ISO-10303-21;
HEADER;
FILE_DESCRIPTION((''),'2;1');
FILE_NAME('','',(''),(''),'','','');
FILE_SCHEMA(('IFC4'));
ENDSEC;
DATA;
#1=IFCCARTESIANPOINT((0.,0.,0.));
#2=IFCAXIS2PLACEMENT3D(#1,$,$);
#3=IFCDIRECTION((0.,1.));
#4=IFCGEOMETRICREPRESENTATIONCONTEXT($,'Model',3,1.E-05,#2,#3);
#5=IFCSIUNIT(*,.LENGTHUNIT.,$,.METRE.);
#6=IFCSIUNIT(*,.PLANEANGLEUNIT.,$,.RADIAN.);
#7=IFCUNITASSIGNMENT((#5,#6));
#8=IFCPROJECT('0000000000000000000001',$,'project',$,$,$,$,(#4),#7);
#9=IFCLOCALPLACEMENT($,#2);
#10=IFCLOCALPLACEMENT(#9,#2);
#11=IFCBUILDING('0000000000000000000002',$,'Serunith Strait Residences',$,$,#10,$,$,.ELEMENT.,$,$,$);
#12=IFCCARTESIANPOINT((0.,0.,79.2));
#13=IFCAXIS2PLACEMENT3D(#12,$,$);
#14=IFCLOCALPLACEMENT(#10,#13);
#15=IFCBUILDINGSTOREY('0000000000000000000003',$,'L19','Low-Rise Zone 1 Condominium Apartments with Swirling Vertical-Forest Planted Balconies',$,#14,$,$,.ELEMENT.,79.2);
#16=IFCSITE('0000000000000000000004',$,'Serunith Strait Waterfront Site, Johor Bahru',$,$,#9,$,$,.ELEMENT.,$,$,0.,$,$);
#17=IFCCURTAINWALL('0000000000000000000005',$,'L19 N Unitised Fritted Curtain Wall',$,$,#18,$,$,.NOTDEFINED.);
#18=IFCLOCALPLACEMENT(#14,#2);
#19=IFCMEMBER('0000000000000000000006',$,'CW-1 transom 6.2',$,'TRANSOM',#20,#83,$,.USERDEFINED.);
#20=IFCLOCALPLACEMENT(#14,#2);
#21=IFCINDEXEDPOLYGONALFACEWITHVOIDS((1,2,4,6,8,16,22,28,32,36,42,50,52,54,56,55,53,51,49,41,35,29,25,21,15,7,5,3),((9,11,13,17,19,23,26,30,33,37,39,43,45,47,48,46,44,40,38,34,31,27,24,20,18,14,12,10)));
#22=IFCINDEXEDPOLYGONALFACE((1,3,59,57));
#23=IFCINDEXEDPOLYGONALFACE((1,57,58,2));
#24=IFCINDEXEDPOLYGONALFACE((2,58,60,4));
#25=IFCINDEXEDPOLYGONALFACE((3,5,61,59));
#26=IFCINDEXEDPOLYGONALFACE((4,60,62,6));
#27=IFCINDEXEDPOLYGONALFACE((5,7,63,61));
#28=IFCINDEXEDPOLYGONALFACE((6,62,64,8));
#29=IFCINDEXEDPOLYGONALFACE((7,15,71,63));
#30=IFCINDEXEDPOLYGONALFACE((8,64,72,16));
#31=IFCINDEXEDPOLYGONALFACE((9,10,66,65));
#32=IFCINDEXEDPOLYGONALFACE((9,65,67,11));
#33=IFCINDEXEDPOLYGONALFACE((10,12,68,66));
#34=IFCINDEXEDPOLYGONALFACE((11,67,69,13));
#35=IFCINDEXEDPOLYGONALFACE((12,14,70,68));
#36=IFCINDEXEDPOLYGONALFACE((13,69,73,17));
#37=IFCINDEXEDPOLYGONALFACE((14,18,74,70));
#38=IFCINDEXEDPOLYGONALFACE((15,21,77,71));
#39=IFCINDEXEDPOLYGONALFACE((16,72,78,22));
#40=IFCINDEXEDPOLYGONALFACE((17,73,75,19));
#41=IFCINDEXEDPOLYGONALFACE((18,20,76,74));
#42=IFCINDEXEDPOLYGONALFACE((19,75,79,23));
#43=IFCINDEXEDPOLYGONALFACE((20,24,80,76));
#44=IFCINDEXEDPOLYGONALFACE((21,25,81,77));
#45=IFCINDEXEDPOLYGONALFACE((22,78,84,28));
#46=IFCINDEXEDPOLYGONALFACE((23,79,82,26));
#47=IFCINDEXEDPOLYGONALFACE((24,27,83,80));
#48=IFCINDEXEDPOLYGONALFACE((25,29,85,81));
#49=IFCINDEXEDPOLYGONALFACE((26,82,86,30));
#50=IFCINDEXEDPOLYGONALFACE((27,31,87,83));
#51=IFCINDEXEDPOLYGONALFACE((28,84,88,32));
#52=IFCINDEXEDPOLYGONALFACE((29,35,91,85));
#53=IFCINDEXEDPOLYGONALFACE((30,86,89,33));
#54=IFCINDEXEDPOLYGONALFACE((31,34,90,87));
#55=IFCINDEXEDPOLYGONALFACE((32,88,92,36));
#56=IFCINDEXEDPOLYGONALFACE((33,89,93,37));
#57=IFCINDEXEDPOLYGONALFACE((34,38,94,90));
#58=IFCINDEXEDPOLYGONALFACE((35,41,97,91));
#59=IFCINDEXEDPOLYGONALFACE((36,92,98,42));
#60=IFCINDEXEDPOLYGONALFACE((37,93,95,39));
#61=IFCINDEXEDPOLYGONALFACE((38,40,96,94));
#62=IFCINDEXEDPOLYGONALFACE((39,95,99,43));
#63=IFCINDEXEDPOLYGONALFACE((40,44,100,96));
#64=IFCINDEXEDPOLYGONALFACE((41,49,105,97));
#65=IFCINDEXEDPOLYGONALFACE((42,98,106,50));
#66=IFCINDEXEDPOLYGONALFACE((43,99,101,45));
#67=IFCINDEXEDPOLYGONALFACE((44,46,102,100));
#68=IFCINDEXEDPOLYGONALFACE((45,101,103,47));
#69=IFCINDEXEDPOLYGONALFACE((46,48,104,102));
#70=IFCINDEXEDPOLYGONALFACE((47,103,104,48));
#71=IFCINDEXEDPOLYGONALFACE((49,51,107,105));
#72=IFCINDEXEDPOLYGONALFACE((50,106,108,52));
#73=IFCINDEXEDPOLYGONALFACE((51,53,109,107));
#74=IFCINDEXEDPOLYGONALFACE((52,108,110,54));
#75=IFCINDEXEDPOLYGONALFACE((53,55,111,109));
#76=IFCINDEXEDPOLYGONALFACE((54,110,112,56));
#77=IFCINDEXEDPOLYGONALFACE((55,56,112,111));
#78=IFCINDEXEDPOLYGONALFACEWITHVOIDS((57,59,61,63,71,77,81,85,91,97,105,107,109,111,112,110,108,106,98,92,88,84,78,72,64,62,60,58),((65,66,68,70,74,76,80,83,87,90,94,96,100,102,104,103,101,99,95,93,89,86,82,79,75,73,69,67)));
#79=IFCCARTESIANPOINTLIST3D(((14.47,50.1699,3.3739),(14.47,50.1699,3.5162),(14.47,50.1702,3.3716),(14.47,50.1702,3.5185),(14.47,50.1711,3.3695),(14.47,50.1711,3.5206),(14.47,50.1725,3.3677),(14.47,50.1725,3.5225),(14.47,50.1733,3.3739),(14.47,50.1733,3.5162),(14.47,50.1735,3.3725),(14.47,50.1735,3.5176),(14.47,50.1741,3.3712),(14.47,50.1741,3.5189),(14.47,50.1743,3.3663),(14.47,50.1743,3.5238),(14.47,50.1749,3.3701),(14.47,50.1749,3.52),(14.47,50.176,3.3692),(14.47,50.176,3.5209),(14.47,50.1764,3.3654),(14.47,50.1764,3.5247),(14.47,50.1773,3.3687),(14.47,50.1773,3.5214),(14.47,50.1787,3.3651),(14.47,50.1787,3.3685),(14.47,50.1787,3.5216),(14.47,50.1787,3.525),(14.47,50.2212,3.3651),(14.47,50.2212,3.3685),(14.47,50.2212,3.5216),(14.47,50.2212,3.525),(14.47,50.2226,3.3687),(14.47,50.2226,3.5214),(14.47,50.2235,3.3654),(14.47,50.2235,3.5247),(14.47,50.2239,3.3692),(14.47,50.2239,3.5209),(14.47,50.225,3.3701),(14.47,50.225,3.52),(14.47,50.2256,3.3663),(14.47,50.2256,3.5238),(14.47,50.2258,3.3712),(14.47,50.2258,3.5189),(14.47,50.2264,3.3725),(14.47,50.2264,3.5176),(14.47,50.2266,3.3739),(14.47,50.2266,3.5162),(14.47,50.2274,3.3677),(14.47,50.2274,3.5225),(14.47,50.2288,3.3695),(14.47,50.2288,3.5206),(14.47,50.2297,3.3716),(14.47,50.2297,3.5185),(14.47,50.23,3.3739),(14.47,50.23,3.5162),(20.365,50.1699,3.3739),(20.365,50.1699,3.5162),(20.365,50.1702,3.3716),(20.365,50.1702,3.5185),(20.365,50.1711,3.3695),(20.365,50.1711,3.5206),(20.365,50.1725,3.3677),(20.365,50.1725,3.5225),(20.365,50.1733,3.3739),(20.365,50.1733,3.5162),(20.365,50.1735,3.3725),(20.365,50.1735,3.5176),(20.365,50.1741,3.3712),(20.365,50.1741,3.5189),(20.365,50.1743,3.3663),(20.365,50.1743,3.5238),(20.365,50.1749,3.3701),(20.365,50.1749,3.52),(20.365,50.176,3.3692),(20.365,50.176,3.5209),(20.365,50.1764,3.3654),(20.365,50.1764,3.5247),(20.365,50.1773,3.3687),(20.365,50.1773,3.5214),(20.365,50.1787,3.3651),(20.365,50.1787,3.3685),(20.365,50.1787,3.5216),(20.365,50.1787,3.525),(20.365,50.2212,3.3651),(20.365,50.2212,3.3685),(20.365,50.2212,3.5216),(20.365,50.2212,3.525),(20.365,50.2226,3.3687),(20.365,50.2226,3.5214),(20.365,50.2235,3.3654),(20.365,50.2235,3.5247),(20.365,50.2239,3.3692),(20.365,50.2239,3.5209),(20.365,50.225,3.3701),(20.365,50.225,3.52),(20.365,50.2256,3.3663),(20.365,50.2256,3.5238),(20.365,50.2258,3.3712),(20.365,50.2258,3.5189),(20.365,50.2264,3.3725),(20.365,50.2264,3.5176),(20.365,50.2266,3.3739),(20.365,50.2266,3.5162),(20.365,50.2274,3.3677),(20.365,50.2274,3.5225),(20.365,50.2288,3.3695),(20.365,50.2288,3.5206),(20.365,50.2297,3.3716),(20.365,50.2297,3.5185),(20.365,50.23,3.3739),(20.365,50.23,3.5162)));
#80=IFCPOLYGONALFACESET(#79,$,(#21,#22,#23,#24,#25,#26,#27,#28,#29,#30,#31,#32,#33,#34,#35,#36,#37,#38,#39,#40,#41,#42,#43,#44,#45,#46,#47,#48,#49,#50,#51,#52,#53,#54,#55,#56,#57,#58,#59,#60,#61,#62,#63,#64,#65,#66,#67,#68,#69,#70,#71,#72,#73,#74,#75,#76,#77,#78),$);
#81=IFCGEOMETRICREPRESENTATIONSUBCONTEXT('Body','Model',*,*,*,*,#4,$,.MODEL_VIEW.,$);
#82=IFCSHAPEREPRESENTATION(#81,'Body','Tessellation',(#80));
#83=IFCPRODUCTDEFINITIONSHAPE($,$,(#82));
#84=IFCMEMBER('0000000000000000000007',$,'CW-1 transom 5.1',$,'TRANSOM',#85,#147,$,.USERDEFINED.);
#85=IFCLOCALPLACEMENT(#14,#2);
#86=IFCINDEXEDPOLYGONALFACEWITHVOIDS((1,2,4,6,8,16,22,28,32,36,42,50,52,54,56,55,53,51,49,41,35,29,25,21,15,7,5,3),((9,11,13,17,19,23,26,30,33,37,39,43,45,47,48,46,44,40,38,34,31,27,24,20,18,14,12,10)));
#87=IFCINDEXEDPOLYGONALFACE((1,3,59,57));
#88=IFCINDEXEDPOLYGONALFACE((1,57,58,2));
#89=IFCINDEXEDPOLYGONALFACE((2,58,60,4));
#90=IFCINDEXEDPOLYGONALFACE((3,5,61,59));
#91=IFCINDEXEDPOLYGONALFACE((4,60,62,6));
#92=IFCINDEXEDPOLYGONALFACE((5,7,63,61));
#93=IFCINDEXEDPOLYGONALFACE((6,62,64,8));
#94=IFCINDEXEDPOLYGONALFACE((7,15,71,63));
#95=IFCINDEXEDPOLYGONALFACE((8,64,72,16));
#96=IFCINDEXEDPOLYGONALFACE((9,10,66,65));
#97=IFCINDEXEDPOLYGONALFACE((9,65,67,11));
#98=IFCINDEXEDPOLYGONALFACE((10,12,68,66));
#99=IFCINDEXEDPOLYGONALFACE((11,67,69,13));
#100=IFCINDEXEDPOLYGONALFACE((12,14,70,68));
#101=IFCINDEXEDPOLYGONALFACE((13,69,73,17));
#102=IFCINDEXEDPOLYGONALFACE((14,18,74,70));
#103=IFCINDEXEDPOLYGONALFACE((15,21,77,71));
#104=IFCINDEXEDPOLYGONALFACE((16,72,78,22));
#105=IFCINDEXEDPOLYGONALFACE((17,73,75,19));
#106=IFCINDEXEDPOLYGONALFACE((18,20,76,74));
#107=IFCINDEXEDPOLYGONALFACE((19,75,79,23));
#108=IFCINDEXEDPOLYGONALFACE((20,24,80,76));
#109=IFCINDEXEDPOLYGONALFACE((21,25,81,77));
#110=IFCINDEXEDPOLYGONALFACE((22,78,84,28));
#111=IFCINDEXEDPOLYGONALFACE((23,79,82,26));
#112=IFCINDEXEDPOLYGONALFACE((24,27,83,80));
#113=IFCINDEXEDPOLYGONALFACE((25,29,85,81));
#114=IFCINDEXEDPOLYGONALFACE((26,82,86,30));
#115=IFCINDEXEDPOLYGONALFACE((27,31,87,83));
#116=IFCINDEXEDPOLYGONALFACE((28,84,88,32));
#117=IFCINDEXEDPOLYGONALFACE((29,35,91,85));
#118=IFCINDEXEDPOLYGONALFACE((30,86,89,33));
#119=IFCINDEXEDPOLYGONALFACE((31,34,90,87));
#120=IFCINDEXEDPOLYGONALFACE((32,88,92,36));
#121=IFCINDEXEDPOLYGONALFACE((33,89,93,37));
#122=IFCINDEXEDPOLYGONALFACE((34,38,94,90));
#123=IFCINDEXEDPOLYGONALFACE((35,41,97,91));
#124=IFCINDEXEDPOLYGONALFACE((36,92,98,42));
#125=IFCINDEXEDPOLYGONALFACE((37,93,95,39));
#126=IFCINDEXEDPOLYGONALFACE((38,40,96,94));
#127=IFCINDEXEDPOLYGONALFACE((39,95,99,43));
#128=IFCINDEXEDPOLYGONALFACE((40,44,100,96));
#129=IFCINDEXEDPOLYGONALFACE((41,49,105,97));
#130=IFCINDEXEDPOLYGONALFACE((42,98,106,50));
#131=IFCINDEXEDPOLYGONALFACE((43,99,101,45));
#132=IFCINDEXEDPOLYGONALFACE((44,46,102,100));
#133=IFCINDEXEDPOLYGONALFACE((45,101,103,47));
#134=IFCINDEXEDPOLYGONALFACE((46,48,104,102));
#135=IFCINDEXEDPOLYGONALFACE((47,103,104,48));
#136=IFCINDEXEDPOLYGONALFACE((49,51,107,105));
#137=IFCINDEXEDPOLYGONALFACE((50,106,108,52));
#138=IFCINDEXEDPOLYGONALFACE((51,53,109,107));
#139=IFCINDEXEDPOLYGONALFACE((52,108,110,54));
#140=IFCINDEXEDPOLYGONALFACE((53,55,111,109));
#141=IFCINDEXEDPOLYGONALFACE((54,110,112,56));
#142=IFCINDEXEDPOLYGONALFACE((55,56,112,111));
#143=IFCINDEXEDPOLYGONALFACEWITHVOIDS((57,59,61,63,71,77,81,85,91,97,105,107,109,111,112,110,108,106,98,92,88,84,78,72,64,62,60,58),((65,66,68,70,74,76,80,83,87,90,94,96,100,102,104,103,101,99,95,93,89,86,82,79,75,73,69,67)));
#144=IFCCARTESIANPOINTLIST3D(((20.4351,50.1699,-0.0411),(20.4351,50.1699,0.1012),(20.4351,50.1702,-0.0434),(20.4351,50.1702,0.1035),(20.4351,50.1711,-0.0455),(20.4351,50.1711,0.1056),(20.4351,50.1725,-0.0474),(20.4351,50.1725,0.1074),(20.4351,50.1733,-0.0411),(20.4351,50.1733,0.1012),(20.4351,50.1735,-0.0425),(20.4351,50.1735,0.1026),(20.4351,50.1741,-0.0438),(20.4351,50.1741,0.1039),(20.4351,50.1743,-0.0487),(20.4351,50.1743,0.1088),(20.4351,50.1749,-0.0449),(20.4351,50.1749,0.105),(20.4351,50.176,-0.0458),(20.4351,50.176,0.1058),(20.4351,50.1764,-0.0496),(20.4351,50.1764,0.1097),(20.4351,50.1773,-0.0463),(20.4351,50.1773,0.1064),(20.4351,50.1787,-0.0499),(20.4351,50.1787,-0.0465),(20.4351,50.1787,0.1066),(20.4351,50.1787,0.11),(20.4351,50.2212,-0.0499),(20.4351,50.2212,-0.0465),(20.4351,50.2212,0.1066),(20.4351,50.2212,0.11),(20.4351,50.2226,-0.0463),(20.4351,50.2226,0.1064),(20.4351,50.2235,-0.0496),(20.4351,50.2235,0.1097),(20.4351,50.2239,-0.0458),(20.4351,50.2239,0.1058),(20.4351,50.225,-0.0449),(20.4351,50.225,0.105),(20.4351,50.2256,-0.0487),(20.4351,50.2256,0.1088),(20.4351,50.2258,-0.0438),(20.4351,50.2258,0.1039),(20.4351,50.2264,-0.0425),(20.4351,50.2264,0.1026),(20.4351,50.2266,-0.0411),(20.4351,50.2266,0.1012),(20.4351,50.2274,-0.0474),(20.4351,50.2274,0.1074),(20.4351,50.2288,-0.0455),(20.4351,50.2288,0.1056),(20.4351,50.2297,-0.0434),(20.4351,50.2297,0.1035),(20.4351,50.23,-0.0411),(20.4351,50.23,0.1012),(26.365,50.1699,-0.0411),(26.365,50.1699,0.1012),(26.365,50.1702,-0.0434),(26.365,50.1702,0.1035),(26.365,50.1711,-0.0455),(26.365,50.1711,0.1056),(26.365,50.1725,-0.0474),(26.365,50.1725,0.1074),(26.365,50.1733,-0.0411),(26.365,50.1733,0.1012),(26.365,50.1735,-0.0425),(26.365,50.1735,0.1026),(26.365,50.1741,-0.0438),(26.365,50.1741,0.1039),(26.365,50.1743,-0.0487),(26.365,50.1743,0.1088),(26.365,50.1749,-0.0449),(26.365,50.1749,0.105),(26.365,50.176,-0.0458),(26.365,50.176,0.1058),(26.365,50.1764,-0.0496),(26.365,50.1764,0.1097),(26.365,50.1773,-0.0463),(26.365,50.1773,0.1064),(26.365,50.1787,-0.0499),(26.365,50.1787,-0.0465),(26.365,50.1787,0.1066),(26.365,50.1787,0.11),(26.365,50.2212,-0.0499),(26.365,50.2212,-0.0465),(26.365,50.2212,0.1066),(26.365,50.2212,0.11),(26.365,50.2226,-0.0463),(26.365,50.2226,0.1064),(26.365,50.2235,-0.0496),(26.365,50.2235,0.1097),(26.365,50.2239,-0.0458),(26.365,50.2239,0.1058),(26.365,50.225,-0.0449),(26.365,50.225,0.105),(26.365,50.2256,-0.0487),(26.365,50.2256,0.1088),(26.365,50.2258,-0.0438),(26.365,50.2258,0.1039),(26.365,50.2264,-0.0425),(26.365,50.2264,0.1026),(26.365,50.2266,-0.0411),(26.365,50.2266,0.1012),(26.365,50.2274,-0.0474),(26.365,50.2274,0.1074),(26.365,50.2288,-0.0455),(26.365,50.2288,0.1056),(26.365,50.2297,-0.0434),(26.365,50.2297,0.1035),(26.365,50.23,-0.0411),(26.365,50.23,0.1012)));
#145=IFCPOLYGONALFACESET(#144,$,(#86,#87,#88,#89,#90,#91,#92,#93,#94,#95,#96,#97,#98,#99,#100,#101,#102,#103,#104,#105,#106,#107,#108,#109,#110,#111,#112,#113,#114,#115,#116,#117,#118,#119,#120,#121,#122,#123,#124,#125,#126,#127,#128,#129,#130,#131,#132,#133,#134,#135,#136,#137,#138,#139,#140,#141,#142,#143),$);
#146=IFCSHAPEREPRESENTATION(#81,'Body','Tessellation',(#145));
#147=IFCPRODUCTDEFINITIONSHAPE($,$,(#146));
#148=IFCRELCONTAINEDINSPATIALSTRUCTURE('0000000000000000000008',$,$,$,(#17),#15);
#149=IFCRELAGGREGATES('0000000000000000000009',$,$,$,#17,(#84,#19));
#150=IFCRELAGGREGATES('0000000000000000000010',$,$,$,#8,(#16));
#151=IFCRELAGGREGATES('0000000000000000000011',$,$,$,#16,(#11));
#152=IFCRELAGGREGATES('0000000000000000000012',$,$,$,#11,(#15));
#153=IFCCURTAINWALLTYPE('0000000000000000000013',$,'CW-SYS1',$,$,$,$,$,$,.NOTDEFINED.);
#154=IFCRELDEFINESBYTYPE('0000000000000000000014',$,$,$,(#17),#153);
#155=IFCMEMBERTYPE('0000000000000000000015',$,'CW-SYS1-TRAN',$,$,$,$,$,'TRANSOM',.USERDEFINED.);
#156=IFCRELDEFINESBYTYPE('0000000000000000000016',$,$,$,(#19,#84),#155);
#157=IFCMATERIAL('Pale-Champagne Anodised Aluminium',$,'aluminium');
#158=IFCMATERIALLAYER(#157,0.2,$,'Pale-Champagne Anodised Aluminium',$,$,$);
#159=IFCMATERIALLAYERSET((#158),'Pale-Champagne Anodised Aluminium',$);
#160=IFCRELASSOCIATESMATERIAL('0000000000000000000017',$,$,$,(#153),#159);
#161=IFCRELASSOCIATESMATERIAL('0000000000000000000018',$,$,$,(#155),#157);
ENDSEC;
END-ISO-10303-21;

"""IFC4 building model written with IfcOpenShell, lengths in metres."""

from ifc_helpers import new_model, si_unit, direction, frame, origin, origin_2d, place, context, subcontext, project, spatial, hollow_rectangle, extrude, source, transform, mapped, material, layer, layer_set, material_profile, profile_set, type_object, element, aggregate, save


model = new_model("IFC4")

# Units and contexts
model_context = context("Model", 3, precision=1e-05, world=origin(), true_north=direction((0.0, 1.0)))
body_context = subcontext(model_context, "Body", "Model", "MODEL_VIEW")
ifc_project = project(units=[si_unit("LENGTHUNIT", "METRE"), si_unit("PLANEANGLEUNIT", "RADIAN")], contexts=[model_context])

# Site, building, storey
site_placement = place(None, origin())
site = spatial("IfcSite", under=ifc_project, at=site_placement, Name="Serunith Strait Waterfront Site, Johor Bahru", CompositionType="ELEMENT", RefElevation=0.0)
building_placement = place(site_placement, origin())
building = spatial("IfcBuilding", under=site, at=building_placement, Name="Serunith Strait Residences", CompositionType="ELEMENT")
storey_placement = place(building_placement, frame((0.0, 0.0, 79.2)))
storey = spatial("IfcBuildingStorey", under=building, at=storey_placement, Name="L19", Description="Low-Rise Zone 1 Condominium Apartments with Swirling Vertical-Forest Planted Balconies", CompositionType="ELEMENT", Elevation=79.2)

# Curtain wall, members
ifc_material_1 = material(Name="Pale-Champagne Anodised Aluminium", Category="aluminium")
ifc_layer_1 = layer(ifc_material_1, 0.2, Name="Pale-Champagne Anodised Aluminium")
ifc_layer_set_1 = layer_set([ifc_layer_1], Name="Pale-Champagne Anodised Aluminium")
curtain_wall_type = type_object("IfcCurtainWallType", Name="CW-SYS1", PredefinedType="NOTDEFINED", material=ifc_layer_set_1)
curtain_wall_placement = place(storey_placement, origin())
curtain_wall = element("IfcCurtainWall", 1, at=curtain_wall_placement, inside=storey, type_object=curtain_wall_type, Name="L19 N Unitised Fritted Curtain Wall", PredefinedType="NOTDEFINED")
ifc_material_profile_1 = material_profile(ifc_material_1, hollow_rectangle(XDim=0.0601, YDim=0.1599, WallThickness=0.0034, InnerFilletRadius=0.0054, OuterFilletRadius=0.0088, at=origin_2d()), Name="ALU 160x60x3.5")
ifc_profile_set_1 = profile_set([ifc_material_profile_1], Name="Pale-Champagne Anodised Aluminium")
member_type_1 = type_object("IfcMemberType", Name="CW-SYS1-TRAN", ElementType="TRANSOM", PredefinedType="USERDEFINED", material=ifc_profile_set_1)
shared_shape_1 = source(origin(), body_context, "Body", "SweptSolid", [
    extrude(hollow_rectangle(XDim=0.0601, YDim=0.1599, WallThickness=0.0034, InnerFilletRadius=0.0054, OuterFilletRadius=0.0088, at=origin_2d()), origin(), (0.0, 0.0, 1.0), 5.895),
])
member_1_placement = place(storey_placement, frame((20.365, 50.2, 3.4451), z_axis=(-1.0, 0.0, 0.0), x_axis=(0.0, -1.0, 0.0)))
member_1 = element("IfcMember", 2, at=member_1_placement, type_object=member_type_1, Name="CW-1 transom 6.2", ObjectType="TRANSOM", PredefinedType="USERDEFINED", context=body_context, shape_type="MappedRepresentation", body=[
    mapped(shared_shape_1, transform((0.0, 0.0, 0.0), scale=1.0)),
])
shared_shape_2 = source(origin(), body_context, "Body", "SweptSolid", [
    extrude(hollow_rectangle(XDim=0.0601, YDim=0.1599, WallThickness=0.0034, InnerFilletRadius=0.0054, OuterFilletRadius=0.0088, at=origin_2d()), origin(), (0.0, 0.0, 1.0), 5.9299),
])
member_2_placement = place(storey_placement, frame((26.365, 50.2, 0.03), z_axis=(-1.0, 0.0, 0.0), x_axis=(0.0, -1.0, 0.0)))
member_2 = element("IfcMember", 3, at=member_2_placement, type_object=member_type_1, Name="CW-1 transom 5.1", ObjectType="TRANSOM", PredefinedType="USERDEFINED", context=body_context, shape_type="MappedRepresentation", body=[
    mapped(shared_shape_2, transform((0.0, 0.0, 0.0), scale=1.0)),
])
aggregate(curtain_wall, [member_2, member_1])

save(model, "model.ifc")
